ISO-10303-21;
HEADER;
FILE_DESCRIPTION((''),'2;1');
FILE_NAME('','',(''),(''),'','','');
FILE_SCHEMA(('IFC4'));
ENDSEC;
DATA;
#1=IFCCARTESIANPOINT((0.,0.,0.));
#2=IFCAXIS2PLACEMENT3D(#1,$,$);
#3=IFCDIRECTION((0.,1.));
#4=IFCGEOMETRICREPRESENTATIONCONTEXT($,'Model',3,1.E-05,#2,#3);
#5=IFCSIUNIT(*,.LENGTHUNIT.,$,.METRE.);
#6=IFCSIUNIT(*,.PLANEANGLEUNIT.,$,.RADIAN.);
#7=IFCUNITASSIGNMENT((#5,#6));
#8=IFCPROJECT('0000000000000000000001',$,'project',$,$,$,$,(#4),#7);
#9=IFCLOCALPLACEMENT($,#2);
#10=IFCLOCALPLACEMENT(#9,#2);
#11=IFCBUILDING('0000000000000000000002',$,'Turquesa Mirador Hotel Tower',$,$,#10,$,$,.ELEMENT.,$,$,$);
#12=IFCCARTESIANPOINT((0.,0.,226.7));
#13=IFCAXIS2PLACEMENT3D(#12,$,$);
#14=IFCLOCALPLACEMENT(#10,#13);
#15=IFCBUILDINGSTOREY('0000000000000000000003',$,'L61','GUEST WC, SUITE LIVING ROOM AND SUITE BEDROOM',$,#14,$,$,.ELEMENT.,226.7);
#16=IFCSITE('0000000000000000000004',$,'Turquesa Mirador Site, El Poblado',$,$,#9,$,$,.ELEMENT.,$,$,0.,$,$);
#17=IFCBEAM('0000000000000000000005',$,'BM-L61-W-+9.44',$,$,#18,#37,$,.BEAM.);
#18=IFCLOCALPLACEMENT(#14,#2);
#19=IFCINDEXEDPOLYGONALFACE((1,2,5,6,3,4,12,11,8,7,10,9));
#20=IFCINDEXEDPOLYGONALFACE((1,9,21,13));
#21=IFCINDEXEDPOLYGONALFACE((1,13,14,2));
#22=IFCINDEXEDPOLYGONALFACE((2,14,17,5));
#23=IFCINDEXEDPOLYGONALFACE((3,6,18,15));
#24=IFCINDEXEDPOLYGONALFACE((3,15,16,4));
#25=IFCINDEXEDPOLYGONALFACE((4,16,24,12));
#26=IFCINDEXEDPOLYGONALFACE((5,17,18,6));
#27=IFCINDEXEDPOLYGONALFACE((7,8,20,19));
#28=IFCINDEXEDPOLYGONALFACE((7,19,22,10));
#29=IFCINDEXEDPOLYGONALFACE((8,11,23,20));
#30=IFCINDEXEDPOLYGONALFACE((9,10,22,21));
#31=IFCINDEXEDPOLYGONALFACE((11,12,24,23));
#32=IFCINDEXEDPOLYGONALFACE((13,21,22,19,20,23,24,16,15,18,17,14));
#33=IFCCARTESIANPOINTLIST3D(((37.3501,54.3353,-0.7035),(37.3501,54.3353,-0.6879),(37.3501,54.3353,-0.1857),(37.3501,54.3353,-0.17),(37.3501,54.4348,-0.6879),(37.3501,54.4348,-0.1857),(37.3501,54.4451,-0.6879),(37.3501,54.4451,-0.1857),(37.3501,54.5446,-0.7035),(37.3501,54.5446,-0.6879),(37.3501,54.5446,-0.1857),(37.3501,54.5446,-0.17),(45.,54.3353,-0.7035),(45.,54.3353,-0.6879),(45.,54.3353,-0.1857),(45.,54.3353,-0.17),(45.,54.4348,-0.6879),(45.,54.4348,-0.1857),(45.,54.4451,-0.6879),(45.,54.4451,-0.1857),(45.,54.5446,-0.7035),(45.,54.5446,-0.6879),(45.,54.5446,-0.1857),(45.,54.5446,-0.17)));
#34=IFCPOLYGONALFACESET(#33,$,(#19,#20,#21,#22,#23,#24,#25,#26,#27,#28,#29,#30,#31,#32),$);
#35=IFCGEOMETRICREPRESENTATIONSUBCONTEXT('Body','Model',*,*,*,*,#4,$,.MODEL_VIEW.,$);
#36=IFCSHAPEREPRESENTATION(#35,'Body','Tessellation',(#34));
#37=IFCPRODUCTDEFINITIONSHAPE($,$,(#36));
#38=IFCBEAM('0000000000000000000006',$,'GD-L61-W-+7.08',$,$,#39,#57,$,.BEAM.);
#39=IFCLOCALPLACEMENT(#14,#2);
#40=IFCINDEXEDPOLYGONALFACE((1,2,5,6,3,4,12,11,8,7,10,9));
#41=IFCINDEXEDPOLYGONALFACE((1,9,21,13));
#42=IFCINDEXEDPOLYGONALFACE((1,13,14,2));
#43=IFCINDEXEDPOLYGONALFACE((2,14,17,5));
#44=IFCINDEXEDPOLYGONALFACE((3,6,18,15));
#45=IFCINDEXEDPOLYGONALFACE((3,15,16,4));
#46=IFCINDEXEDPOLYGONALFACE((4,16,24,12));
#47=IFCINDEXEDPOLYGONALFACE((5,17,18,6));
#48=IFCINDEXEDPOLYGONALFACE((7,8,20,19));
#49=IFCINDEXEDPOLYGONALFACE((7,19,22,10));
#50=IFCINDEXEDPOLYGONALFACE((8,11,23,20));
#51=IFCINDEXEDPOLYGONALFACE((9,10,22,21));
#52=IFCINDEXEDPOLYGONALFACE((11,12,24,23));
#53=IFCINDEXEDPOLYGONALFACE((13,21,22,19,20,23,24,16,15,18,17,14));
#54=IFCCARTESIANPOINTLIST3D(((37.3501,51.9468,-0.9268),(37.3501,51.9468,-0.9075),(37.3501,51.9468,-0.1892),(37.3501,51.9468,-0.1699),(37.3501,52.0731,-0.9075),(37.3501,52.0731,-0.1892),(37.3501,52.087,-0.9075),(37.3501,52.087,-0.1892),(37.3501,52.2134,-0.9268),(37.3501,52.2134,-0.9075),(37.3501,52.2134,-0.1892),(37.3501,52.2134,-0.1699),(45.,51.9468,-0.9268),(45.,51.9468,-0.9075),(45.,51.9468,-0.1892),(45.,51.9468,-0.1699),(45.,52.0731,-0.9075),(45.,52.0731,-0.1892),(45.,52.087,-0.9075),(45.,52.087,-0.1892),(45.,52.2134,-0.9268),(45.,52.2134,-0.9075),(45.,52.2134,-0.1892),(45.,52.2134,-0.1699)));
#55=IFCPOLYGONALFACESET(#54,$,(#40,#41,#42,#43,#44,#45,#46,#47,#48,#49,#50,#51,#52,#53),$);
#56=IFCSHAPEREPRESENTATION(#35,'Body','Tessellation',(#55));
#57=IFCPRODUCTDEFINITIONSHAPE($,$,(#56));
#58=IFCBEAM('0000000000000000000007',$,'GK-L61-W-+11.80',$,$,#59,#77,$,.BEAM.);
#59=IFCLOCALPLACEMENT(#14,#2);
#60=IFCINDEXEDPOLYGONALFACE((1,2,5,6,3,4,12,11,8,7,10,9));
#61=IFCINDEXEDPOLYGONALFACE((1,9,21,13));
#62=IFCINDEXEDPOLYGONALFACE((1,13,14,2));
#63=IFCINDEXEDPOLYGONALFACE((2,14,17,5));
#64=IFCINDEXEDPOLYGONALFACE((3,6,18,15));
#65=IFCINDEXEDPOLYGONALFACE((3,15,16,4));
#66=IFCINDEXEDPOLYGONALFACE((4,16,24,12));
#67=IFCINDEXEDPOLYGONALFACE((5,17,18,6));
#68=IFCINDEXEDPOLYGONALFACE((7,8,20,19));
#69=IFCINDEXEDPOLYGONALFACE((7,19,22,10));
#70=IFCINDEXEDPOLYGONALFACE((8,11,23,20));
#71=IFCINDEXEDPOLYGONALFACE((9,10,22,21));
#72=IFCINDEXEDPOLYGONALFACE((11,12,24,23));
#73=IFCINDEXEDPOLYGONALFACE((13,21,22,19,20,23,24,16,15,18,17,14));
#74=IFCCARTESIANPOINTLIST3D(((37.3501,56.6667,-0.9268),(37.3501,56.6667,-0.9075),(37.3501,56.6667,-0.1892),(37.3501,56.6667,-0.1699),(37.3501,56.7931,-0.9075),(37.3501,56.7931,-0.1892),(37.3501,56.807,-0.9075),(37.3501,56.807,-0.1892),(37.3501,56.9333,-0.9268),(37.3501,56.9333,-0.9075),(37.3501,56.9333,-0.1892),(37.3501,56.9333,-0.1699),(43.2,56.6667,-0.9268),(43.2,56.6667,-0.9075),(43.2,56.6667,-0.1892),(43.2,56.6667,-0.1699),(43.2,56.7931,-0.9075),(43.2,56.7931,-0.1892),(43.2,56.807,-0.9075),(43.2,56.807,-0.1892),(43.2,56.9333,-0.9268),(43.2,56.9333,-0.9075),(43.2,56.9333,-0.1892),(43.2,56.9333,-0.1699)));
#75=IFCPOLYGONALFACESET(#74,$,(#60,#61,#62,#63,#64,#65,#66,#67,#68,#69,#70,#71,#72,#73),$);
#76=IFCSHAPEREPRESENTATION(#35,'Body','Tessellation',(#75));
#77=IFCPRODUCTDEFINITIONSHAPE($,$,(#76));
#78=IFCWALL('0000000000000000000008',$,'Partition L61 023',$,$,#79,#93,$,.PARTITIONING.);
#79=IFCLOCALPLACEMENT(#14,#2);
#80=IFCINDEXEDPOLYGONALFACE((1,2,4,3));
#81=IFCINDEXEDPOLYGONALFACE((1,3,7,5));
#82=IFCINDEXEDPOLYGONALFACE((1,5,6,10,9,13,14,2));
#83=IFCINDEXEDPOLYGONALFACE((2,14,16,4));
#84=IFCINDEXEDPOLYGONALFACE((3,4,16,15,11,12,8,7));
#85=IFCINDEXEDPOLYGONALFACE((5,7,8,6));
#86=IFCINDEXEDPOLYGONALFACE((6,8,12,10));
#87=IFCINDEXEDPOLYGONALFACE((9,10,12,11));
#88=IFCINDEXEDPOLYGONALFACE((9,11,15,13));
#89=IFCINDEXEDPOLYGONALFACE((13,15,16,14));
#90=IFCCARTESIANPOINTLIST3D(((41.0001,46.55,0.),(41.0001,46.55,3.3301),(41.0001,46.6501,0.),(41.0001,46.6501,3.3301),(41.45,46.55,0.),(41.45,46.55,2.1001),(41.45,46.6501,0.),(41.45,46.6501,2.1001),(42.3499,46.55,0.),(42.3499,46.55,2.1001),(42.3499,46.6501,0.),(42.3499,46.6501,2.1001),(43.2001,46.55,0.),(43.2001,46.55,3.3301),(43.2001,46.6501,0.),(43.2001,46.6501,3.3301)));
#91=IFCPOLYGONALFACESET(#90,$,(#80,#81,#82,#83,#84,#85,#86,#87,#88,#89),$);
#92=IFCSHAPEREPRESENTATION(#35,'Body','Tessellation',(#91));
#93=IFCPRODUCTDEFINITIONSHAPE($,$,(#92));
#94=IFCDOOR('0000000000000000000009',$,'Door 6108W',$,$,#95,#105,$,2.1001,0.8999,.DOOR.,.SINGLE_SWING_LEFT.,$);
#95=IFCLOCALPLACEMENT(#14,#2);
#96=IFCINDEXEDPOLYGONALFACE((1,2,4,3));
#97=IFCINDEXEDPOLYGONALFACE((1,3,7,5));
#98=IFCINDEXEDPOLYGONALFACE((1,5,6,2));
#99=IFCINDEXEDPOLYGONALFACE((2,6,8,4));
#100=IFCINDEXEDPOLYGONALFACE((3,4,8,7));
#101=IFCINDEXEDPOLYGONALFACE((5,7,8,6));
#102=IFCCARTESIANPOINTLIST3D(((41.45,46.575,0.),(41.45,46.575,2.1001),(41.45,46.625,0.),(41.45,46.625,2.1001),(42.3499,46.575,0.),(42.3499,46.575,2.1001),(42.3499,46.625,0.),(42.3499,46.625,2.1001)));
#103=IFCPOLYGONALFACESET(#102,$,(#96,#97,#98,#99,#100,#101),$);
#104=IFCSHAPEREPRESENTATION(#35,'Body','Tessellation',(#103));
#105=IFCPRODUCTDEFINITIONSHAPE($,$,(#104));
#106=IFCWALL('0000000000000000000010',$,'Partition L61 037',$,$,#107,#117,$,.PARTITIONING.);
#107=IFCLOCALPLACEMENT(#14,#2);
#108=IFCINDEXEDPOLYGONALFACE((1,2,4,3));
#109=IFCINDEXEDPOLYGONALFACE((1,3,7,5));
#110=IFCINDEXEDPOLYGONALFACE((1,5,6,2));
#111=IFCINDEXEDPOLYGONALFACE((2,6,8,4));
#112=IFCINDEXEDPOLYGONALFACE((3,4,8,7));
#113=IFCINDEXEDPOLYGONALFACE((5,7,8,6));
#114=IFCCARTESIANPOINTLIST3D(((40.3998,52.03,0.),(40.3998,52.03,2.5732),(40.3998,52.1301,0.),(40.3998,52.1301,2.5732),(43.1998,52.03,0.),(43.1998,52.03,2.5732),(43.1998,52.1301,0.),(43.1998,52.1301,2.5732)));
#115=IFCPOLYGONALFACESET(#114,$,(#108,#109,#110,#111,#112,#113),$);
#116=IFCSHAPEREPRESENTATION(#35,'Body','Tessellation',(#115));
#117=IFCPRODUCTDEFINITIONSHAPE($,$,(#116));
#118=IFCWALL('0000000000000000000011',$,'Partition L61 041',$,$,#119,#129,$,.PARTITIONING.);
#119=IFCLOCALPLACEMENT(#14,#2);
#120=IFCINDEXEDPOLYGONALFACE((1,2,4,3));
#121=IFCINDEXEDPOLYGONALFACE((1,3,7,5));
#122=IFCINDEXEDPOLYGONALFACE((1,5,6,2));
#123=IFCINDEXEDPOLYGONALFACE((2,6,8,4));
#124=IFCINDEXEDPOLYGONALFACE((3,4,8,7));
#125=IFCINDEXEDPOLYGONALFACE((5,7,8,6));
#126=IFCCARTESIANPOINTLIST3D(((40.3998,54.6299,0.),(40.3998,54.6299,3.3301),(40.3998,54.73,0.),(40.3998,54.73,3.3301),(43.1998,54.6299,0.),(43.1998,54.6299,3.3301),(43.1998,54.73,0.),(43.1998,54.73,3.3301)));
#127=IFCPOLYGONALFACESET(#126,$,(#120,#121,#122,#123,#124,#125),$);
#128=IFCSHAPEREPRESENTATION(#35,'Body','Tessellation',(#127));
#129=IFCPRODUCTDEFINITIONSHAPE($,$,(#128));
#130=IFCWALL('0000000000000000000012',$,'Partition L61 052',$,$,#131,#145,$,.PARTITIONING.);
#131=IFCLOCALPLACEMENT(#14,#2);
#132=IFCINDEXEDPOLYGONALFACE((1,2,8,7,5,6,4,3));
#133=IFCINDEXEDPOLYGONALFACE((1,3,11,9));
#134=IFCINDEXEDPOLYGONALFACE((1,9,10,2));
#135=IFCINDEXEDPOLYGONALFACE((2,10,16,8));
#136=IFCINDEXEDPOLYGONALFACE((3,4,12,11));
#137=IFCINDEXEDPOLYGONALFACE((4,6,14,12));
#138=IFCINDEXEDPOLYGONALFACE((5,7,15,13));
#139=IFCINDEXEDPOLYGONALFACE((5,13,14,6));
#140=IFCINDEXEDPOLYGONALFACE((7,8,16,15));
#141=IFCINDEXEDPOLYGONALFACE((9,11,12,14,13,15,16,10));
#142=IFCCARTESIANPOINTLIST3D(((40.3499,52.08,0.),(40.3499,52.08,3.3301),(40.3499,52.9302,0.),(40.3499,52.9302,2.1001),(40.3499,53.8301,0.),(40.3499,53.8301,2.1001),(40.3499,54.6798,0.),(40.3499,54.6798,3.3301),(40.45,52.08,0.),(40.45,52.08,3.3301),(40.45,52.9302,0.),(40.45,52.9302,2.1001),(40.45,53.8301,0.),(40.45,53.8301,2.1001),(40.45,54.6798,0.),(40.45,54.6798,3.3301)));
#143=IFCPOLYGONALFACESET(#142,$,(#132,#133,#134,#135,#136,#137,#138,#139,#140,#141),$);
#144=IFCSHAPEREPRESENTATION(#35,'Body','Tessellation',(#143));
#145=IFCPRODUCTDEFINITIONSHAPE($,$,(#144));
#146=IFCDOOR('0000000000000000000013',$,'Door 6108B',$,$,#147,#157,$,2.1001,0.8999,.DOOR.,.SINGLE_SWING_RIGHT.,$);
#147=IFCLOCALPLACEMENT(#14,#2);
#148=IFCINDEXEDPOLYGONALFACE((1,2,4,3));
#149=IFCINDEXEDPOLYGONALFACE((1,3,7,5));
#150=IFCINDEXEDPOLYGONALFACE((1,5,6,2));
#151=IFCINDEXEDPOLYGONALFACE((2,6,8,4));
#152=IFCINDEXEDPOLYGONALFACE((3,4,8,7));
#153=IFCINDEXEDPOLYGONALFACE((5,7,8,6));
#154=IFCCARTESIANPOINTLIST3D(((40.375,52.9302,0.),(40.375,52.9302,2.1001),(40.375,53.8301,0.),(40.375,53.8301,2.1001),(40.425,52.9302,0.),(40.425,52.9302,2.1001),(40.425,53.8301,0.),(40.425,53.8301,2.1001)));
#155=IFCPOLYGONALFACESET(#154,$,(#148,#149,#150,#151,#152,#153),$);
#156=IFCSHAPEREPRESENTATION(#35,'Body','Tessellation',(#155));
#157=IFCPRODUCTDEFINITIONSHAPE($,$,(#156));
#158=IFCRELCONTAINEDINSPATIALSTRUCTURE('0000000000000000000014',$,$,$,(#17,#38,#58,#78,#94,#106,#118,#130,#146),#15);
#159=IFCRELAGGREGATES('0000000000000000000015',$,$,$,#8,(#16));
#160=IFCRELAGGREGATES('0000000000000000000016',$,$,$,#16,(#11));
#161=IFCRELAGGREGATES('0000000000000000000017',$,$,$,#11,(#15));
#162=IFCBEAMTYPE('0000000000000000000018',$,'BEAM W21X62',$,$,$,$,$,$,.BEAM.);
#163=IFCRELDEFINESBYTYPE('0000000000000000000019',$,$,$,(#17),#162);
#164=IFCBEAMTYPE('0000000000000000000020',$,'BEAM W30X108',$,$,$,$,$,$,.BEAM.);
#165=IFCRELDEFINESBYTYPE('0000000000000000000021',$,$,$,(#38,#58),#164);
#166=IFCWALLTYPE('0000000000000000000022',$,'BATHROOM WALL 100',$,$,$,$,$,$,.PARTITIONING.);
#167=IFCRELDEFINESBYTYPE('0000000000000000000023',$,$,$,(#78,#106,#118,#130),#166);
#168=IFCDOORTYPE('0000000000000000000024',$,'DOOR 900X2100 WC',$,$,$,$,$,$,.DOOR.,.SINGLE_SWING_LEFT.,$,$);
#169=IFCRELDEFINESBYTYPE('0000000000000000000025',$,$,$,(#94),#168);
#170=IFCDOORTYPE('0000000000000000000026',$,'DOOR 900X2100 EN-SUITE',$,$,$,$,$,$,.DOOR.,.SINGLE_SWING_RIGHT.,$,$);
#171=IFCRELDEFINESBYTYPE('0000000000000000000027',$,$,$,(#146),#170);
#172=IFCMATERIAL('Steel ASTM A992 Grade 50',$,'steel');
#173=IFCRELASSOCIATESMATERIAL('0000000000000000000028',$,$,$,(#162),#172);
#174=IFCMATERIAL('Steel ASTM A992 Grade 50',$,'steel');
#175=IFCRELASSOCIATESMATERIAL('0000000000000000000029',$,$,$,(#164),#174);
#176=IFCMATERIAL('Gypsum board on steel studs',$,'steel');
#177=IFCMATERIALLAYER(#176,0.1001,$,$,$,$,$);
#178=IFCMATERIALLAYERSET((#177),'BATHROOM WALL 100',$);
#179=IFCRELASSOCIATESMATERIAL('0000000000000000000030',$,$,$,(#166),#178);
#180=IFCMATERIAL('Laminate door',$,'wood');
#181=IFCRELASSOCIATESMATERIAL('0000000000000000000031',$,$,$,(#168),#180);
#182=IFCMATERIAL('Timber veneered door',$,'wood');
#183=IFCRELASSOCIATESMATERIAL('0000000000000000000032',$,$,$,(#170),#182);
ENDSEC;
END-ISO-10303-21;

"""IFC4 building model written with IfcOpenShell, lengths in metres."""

from ifc_helpers import new_model, si_unit, direction, frame, frame_2d, origin, origin_2d, place, context, subcontext, project, spatial, rectangle, i_section, extrude, material, layer, layer_set, material_profile, profile_set, type_object, element, fill, save


model = new_model("IFC4")

# Units and contexts
model_context = context("Model", 3, precision=1e-05, world=origin(), true_north=direction((0.0, 1.0)))
body_context = subcontext(model_context, "Body", "Model", "MODEL_VIEW")
ifc_project = project(units=[si_unit("LENGTHUNIT", "METRE"), si_unit("PLANEANGLEUNIT", "RADIAN")], contexts=[model_context])

# Site, building, storey
site_placement = place(None, origin())
site = spatial("IfcSite", under=ifc_project, at=site_placement, Name="Turquesa Mirador Site, El Poblado", CompositionType="ELEMENT", RefElevation=0.0)
building_placement = place(site_placement, origin())
building = spatial("IfcBuilding", under=site, at=building_placement, Name="Turquesa Mirador Hotel Tower", CompositionType="ELEMENT")
storey_placement = place(building_placement, frame((0.0, 0.0, 226.7)))
storey = spatial("IfcBuildingStorey", under=building, at=storey_placement, Name="L61", Description="GUEST WC, SUITE LIVING ROOM AND SUITE BEDROOM", CompositionType="ELEMENT", Elevation=226.7)

# Beams
ifc_material_1 = material(Name="Steel ASTM A992 Grade 50", Category="steel")
ifc_material_profile_1 = material_profile(ifc_material_1, i_section(OverallWidth=0.2092, OverallDepth=0.5334, WebThickness=0.0103, FlangeThickness=0.0156, at=origin_2d()), Name="W21X62")
ifc_profile_set_1 = profile_set([ifc_material_profile_1], Name="Steel ASTM A992 Grade 50")
beam_type_1 = type_object("IfcBeamType", Name="BEAM W21X62", PredefinedType="BEAM", material=ifc_profile_set_1)
for number, where, z_axis, x_axis, name in (
    (1, (37.3501, 54.4399, -0.4368), (1.0, 0.0, 0.0), (0.0, 1.0, 0.0), "BM-L61-W-+9.44"),
):
    element("IfcBeam", number, at=place(storey_placement, frame(where, z_axis=z_axis, x_axis=x_axis)), inside=storey, type_object=beam_type_1, Name=name, PredefinedType="BEAM", context=body_context, shape_type="SweptSolid", body=[
        extrude(i_section(OverallWidth=0.2092, OverallDepth=0.5334, WebThickness=0.0103, FlangeThickness=0.0156, at=origin_2d()), origin(), (0.0, 0.0, 1.0), 7.6499),
    ])
ifc_material_2 = material(Name="Steel ASTM A992 Grade 50", Category="steel")
ifc_material_profile_2 = material_profile(ifc_material_2, i_section(OverallWidth=0.2666, OverallDepth=0.7568, WebThickness=0.0139, FlangeThickness=0.0193, at=origin_2d()), Name="W30X108")
ifc_profile_set_2 = profile_set([ifc_material_profile_2], Name="Steel ASTM A992 Grade 50")
beam_type_2 = type_object("IfcBeamType", Name="BEAM W30X108", PredefinedType="BEAM", material=ifc_profile_set_2)
beam_1_placement = place(storey_placement, frame((37.3501, 52.0801, -0.5483), z_axis=(1.0, 0.0, 0.0), x_axis=(0.0, 1.0, 0.0)))
element("IfcBeam", 2, at=beam_1_placement, inside=storey, type_object=beam_type_2, Name="GD-L61-W-+7.08", PredefinedType="BEAM", context=body_context, shape_type="SweptSolid", body=[
    extrude(i_section(OverallWidth=0.2666, OverallDepth=0.7568, WebThickness=0.0139, FlangeThickness=0.0193, at=origin_2d()), origin(), (0.0, 0.0, 1.0), 7.6499),
])
beam_2_placement = place(storey_placement, frame((37.3501, 56.8, -0.5483), z_axis=(1.0, 0.0, 0.0), x_axis=(0.0, 1.0, 0.0)))
element("IfcBeam", 3, at=beam_2_placement, inside=storey, type_object=beam_type_2, Name="GK-L61-W-+11.80", PredefinedType="BEAM", context=body_context, shape_type="SweptSolid", body=[
    extrude(i_section(OverallWidth=0.2666, OverallDepth=0.7568, WebThickness=0.0139, FlangeThickness=0.0193, at=origin_2d()), origin(), (0.0, 0.0, 1.0), 5.8499),
])

# Wall, opening, door
ifc_material_3 = material(Name="Gypsum board on steel studs", Category="steel")
ifc_layer = layer(ifc_material_3, 0.1001)
ifc_layer_set = layer_set([ifc_layer], Name="BATHROOM WALL 100")
wall_type = type_object("IfcWallType", Name="BATHROOM WALL 100", PredefinedType="PARTITIONING", material=ifc_layer_set)
wall_1_placement = place(storey_placement, frame((41.0, 46.6001, 0.0), z_axis=(0.0, 0.0, 1.0), x_axis=(1.0, 0.0, 0.0)))
wall_1 = element("IfcWall", 4, at=wall_1_placement, inside=storey, type_object=wall_type, Name="Partition L61 023", PredefinedType="PARTITIONING", context=body_context, shape_type="SweptSolid", body=[
    extrude(rectangle(XDim=2.2, YDim=0.1001, at=frame_2d((1.1001, 0.0))), origin(), (0.0, 0.0, 1.0), 3.3301),
])
opening_1_placement = place(wall_1_placement, frame((0.45, 0.0, 0.0)))
opening_1 = element("IfcOpeningElement", 5, at=opening_1_placement, cuts=wall_1, PredefinedType="OPENING", context=body_context, shape_type="SweptSolid", body=[
    extrude(rectangle(XDim=0.8999, YDim=2.1001, at=frame_2d((0.45, 1.05))), frame((0.0, 0.0601, 0.0), z_axis=(0.0, -1.0, 0.0), x_axis=(1.0, 0.0, 0.0)), (0.0, 0.0, 1.0), 0.1201),
])
ifc_material_4 = material(Name="Laminate door", Category="wood")
door_type_1 = type_object("IfcDoorType", Name="DOOR 900X2100 WC", OperationType="SINGLE_SWING_LEFT", PredefinedType="DOOR", material=ifc_material_4)
door_1_placement = place(opening_1_placement, origin())
door_1 = element("IfcDoor", 6, at=door_1_placement, inside=storey, type_object=door_type_1, Name="Door 6108W", OperationType="SINGLE_SWING_LEFT", OverallHeight=2.1001, OverallWidth=0.8999, PredefinedType="DOOR", context=body_context, shape_type="SweptSolid", body=[
    extrude(rectangle(XDim=0.8999, YDim=2.1001, at=frame_2d((0.45, 1.05))), frame((0.0, 0.0249, 0.0), z_axis=(0.0, -1.0, 0.0), x_axis=(1.0, 0.0, 0.0)), (0.0, 0.0, 1.0), 0.05),
])
fill(opening_1, door_1)

# Walls
wall_2_placement = place(storey_placement, frame((40.3999, 52.0801, 0.0), z_axis=(0.0, 0.0, 1.0), x_axis=(1.0, 0.0, 0.0)))
element("IfcWall", 7, at=wall_2_placement, inside=storey, type_object=wall_type, Name="Partition L61 037", PredefinedType="PARTITIONING", context=body_context, shape_type="SweptSolid", body=[
    extrude(rectangle(XDim=2.8, YDim=0.1001, at=frame_2d((1.3999, 0.0))), origin(), (0.0, 0.0, 1.0), 2.5732),
])
wall_3_placement = place(storey_placement, frame((40.3999, 54.6799, 0.0), z_axis=(0.0, 0.0, 1.0), x_axis=(1.0, 0.0, 0.0)))
element("IfcWall", 8, at=wall_3_placement, inside=storey, type_object=wall_type, Name="Partition L61 041", PredefinedType="PARTITIONING", context=body_context, shape_type="SweptSolid", body=[
    extrude(rectangle(XDim=2.8, YDim=0.1001, at=frame_2d((1.3999, 0.0))), origin(), (0.0, 0.0, 1.0), 3.3301),
])

# Wall, opening, door
wall_4_placement = place(storey_placement, frame((40.3999, 52.0801, 0.0), z_axis=(0.0, 0.0, 1.0), x_axis=(0.0, 1.0, 0.0)))
wall_4 = element("IfcWall", 9, at=wall_4_placement, inside=storey, type_object=wall_type, Name="Partition L61 052", PredefinedType="PARTITIONING", context=body_context, shape_type="SweptSolid", body=[
    extrude(rectangle(XDim=2.5999, YDim=0.1001, at=frame_2d((1.2998, 0.0))), origin(), (0.0, 0.0, 1.0), 3.3301),
])
opening_2_placement = place(wall_4_placement, frame((0.8501, 0.0, 0.0)))
opening_2 = element("IfcOpeningElement", 10, at=opening_2_placement, cuts=wall_4, PredefinedType="OPENING", context=body_context, shape_type="SweptSolid", body=[
    extrude(rectangle(XDim=0.8999, YDim=2.1001, at=frame_2d((0.45, 1.05))), frame((0.0, 0.0601, 0.0), z_axis=(0.0, -1.0, 0.0), x_axis=(1.0, 0.0, 0.0)), (0.0, 0.0, 1.0), 0.1201),
])
ifc_material_5 = material(Name="Timber veneered door", Category="wood")
door_type_2 = type_object("IfcDoorType", Name="DOOR 900X2100 EN-SUITE", OperationType="SINGLE_SWING_RIGHT", PredefinedType="DOOR", material=ifc_material_5)
door_2_placement = place(opening_2_placement, origin())
door_2 = element("IfcDoor", 11, at=door_2_placement, inside=storey, type_object=door_type_2, Name="Door 6108B", OperationType="SINGLE_SWING_RIGHT", OverallHeight=2.1001, OverallWidth=0.8999, PredefinedType="DOOR", context=body_context, shape_type="SweptSolid", body=[
    extrude(rectangle(XDim=0.8999, YDim=2.1001, at=frame_2d((0.45, 1.05))), frame((0.0, 0.0249, 0.0), z_axis=(0.0, -1.0, 0.0), x_axis=(1.0, 0.0, 0.0)), (0.0, 0.0, 1.0), 0.05),
])
fill(opening_2, door_2)

save(model, "model.ifc")
